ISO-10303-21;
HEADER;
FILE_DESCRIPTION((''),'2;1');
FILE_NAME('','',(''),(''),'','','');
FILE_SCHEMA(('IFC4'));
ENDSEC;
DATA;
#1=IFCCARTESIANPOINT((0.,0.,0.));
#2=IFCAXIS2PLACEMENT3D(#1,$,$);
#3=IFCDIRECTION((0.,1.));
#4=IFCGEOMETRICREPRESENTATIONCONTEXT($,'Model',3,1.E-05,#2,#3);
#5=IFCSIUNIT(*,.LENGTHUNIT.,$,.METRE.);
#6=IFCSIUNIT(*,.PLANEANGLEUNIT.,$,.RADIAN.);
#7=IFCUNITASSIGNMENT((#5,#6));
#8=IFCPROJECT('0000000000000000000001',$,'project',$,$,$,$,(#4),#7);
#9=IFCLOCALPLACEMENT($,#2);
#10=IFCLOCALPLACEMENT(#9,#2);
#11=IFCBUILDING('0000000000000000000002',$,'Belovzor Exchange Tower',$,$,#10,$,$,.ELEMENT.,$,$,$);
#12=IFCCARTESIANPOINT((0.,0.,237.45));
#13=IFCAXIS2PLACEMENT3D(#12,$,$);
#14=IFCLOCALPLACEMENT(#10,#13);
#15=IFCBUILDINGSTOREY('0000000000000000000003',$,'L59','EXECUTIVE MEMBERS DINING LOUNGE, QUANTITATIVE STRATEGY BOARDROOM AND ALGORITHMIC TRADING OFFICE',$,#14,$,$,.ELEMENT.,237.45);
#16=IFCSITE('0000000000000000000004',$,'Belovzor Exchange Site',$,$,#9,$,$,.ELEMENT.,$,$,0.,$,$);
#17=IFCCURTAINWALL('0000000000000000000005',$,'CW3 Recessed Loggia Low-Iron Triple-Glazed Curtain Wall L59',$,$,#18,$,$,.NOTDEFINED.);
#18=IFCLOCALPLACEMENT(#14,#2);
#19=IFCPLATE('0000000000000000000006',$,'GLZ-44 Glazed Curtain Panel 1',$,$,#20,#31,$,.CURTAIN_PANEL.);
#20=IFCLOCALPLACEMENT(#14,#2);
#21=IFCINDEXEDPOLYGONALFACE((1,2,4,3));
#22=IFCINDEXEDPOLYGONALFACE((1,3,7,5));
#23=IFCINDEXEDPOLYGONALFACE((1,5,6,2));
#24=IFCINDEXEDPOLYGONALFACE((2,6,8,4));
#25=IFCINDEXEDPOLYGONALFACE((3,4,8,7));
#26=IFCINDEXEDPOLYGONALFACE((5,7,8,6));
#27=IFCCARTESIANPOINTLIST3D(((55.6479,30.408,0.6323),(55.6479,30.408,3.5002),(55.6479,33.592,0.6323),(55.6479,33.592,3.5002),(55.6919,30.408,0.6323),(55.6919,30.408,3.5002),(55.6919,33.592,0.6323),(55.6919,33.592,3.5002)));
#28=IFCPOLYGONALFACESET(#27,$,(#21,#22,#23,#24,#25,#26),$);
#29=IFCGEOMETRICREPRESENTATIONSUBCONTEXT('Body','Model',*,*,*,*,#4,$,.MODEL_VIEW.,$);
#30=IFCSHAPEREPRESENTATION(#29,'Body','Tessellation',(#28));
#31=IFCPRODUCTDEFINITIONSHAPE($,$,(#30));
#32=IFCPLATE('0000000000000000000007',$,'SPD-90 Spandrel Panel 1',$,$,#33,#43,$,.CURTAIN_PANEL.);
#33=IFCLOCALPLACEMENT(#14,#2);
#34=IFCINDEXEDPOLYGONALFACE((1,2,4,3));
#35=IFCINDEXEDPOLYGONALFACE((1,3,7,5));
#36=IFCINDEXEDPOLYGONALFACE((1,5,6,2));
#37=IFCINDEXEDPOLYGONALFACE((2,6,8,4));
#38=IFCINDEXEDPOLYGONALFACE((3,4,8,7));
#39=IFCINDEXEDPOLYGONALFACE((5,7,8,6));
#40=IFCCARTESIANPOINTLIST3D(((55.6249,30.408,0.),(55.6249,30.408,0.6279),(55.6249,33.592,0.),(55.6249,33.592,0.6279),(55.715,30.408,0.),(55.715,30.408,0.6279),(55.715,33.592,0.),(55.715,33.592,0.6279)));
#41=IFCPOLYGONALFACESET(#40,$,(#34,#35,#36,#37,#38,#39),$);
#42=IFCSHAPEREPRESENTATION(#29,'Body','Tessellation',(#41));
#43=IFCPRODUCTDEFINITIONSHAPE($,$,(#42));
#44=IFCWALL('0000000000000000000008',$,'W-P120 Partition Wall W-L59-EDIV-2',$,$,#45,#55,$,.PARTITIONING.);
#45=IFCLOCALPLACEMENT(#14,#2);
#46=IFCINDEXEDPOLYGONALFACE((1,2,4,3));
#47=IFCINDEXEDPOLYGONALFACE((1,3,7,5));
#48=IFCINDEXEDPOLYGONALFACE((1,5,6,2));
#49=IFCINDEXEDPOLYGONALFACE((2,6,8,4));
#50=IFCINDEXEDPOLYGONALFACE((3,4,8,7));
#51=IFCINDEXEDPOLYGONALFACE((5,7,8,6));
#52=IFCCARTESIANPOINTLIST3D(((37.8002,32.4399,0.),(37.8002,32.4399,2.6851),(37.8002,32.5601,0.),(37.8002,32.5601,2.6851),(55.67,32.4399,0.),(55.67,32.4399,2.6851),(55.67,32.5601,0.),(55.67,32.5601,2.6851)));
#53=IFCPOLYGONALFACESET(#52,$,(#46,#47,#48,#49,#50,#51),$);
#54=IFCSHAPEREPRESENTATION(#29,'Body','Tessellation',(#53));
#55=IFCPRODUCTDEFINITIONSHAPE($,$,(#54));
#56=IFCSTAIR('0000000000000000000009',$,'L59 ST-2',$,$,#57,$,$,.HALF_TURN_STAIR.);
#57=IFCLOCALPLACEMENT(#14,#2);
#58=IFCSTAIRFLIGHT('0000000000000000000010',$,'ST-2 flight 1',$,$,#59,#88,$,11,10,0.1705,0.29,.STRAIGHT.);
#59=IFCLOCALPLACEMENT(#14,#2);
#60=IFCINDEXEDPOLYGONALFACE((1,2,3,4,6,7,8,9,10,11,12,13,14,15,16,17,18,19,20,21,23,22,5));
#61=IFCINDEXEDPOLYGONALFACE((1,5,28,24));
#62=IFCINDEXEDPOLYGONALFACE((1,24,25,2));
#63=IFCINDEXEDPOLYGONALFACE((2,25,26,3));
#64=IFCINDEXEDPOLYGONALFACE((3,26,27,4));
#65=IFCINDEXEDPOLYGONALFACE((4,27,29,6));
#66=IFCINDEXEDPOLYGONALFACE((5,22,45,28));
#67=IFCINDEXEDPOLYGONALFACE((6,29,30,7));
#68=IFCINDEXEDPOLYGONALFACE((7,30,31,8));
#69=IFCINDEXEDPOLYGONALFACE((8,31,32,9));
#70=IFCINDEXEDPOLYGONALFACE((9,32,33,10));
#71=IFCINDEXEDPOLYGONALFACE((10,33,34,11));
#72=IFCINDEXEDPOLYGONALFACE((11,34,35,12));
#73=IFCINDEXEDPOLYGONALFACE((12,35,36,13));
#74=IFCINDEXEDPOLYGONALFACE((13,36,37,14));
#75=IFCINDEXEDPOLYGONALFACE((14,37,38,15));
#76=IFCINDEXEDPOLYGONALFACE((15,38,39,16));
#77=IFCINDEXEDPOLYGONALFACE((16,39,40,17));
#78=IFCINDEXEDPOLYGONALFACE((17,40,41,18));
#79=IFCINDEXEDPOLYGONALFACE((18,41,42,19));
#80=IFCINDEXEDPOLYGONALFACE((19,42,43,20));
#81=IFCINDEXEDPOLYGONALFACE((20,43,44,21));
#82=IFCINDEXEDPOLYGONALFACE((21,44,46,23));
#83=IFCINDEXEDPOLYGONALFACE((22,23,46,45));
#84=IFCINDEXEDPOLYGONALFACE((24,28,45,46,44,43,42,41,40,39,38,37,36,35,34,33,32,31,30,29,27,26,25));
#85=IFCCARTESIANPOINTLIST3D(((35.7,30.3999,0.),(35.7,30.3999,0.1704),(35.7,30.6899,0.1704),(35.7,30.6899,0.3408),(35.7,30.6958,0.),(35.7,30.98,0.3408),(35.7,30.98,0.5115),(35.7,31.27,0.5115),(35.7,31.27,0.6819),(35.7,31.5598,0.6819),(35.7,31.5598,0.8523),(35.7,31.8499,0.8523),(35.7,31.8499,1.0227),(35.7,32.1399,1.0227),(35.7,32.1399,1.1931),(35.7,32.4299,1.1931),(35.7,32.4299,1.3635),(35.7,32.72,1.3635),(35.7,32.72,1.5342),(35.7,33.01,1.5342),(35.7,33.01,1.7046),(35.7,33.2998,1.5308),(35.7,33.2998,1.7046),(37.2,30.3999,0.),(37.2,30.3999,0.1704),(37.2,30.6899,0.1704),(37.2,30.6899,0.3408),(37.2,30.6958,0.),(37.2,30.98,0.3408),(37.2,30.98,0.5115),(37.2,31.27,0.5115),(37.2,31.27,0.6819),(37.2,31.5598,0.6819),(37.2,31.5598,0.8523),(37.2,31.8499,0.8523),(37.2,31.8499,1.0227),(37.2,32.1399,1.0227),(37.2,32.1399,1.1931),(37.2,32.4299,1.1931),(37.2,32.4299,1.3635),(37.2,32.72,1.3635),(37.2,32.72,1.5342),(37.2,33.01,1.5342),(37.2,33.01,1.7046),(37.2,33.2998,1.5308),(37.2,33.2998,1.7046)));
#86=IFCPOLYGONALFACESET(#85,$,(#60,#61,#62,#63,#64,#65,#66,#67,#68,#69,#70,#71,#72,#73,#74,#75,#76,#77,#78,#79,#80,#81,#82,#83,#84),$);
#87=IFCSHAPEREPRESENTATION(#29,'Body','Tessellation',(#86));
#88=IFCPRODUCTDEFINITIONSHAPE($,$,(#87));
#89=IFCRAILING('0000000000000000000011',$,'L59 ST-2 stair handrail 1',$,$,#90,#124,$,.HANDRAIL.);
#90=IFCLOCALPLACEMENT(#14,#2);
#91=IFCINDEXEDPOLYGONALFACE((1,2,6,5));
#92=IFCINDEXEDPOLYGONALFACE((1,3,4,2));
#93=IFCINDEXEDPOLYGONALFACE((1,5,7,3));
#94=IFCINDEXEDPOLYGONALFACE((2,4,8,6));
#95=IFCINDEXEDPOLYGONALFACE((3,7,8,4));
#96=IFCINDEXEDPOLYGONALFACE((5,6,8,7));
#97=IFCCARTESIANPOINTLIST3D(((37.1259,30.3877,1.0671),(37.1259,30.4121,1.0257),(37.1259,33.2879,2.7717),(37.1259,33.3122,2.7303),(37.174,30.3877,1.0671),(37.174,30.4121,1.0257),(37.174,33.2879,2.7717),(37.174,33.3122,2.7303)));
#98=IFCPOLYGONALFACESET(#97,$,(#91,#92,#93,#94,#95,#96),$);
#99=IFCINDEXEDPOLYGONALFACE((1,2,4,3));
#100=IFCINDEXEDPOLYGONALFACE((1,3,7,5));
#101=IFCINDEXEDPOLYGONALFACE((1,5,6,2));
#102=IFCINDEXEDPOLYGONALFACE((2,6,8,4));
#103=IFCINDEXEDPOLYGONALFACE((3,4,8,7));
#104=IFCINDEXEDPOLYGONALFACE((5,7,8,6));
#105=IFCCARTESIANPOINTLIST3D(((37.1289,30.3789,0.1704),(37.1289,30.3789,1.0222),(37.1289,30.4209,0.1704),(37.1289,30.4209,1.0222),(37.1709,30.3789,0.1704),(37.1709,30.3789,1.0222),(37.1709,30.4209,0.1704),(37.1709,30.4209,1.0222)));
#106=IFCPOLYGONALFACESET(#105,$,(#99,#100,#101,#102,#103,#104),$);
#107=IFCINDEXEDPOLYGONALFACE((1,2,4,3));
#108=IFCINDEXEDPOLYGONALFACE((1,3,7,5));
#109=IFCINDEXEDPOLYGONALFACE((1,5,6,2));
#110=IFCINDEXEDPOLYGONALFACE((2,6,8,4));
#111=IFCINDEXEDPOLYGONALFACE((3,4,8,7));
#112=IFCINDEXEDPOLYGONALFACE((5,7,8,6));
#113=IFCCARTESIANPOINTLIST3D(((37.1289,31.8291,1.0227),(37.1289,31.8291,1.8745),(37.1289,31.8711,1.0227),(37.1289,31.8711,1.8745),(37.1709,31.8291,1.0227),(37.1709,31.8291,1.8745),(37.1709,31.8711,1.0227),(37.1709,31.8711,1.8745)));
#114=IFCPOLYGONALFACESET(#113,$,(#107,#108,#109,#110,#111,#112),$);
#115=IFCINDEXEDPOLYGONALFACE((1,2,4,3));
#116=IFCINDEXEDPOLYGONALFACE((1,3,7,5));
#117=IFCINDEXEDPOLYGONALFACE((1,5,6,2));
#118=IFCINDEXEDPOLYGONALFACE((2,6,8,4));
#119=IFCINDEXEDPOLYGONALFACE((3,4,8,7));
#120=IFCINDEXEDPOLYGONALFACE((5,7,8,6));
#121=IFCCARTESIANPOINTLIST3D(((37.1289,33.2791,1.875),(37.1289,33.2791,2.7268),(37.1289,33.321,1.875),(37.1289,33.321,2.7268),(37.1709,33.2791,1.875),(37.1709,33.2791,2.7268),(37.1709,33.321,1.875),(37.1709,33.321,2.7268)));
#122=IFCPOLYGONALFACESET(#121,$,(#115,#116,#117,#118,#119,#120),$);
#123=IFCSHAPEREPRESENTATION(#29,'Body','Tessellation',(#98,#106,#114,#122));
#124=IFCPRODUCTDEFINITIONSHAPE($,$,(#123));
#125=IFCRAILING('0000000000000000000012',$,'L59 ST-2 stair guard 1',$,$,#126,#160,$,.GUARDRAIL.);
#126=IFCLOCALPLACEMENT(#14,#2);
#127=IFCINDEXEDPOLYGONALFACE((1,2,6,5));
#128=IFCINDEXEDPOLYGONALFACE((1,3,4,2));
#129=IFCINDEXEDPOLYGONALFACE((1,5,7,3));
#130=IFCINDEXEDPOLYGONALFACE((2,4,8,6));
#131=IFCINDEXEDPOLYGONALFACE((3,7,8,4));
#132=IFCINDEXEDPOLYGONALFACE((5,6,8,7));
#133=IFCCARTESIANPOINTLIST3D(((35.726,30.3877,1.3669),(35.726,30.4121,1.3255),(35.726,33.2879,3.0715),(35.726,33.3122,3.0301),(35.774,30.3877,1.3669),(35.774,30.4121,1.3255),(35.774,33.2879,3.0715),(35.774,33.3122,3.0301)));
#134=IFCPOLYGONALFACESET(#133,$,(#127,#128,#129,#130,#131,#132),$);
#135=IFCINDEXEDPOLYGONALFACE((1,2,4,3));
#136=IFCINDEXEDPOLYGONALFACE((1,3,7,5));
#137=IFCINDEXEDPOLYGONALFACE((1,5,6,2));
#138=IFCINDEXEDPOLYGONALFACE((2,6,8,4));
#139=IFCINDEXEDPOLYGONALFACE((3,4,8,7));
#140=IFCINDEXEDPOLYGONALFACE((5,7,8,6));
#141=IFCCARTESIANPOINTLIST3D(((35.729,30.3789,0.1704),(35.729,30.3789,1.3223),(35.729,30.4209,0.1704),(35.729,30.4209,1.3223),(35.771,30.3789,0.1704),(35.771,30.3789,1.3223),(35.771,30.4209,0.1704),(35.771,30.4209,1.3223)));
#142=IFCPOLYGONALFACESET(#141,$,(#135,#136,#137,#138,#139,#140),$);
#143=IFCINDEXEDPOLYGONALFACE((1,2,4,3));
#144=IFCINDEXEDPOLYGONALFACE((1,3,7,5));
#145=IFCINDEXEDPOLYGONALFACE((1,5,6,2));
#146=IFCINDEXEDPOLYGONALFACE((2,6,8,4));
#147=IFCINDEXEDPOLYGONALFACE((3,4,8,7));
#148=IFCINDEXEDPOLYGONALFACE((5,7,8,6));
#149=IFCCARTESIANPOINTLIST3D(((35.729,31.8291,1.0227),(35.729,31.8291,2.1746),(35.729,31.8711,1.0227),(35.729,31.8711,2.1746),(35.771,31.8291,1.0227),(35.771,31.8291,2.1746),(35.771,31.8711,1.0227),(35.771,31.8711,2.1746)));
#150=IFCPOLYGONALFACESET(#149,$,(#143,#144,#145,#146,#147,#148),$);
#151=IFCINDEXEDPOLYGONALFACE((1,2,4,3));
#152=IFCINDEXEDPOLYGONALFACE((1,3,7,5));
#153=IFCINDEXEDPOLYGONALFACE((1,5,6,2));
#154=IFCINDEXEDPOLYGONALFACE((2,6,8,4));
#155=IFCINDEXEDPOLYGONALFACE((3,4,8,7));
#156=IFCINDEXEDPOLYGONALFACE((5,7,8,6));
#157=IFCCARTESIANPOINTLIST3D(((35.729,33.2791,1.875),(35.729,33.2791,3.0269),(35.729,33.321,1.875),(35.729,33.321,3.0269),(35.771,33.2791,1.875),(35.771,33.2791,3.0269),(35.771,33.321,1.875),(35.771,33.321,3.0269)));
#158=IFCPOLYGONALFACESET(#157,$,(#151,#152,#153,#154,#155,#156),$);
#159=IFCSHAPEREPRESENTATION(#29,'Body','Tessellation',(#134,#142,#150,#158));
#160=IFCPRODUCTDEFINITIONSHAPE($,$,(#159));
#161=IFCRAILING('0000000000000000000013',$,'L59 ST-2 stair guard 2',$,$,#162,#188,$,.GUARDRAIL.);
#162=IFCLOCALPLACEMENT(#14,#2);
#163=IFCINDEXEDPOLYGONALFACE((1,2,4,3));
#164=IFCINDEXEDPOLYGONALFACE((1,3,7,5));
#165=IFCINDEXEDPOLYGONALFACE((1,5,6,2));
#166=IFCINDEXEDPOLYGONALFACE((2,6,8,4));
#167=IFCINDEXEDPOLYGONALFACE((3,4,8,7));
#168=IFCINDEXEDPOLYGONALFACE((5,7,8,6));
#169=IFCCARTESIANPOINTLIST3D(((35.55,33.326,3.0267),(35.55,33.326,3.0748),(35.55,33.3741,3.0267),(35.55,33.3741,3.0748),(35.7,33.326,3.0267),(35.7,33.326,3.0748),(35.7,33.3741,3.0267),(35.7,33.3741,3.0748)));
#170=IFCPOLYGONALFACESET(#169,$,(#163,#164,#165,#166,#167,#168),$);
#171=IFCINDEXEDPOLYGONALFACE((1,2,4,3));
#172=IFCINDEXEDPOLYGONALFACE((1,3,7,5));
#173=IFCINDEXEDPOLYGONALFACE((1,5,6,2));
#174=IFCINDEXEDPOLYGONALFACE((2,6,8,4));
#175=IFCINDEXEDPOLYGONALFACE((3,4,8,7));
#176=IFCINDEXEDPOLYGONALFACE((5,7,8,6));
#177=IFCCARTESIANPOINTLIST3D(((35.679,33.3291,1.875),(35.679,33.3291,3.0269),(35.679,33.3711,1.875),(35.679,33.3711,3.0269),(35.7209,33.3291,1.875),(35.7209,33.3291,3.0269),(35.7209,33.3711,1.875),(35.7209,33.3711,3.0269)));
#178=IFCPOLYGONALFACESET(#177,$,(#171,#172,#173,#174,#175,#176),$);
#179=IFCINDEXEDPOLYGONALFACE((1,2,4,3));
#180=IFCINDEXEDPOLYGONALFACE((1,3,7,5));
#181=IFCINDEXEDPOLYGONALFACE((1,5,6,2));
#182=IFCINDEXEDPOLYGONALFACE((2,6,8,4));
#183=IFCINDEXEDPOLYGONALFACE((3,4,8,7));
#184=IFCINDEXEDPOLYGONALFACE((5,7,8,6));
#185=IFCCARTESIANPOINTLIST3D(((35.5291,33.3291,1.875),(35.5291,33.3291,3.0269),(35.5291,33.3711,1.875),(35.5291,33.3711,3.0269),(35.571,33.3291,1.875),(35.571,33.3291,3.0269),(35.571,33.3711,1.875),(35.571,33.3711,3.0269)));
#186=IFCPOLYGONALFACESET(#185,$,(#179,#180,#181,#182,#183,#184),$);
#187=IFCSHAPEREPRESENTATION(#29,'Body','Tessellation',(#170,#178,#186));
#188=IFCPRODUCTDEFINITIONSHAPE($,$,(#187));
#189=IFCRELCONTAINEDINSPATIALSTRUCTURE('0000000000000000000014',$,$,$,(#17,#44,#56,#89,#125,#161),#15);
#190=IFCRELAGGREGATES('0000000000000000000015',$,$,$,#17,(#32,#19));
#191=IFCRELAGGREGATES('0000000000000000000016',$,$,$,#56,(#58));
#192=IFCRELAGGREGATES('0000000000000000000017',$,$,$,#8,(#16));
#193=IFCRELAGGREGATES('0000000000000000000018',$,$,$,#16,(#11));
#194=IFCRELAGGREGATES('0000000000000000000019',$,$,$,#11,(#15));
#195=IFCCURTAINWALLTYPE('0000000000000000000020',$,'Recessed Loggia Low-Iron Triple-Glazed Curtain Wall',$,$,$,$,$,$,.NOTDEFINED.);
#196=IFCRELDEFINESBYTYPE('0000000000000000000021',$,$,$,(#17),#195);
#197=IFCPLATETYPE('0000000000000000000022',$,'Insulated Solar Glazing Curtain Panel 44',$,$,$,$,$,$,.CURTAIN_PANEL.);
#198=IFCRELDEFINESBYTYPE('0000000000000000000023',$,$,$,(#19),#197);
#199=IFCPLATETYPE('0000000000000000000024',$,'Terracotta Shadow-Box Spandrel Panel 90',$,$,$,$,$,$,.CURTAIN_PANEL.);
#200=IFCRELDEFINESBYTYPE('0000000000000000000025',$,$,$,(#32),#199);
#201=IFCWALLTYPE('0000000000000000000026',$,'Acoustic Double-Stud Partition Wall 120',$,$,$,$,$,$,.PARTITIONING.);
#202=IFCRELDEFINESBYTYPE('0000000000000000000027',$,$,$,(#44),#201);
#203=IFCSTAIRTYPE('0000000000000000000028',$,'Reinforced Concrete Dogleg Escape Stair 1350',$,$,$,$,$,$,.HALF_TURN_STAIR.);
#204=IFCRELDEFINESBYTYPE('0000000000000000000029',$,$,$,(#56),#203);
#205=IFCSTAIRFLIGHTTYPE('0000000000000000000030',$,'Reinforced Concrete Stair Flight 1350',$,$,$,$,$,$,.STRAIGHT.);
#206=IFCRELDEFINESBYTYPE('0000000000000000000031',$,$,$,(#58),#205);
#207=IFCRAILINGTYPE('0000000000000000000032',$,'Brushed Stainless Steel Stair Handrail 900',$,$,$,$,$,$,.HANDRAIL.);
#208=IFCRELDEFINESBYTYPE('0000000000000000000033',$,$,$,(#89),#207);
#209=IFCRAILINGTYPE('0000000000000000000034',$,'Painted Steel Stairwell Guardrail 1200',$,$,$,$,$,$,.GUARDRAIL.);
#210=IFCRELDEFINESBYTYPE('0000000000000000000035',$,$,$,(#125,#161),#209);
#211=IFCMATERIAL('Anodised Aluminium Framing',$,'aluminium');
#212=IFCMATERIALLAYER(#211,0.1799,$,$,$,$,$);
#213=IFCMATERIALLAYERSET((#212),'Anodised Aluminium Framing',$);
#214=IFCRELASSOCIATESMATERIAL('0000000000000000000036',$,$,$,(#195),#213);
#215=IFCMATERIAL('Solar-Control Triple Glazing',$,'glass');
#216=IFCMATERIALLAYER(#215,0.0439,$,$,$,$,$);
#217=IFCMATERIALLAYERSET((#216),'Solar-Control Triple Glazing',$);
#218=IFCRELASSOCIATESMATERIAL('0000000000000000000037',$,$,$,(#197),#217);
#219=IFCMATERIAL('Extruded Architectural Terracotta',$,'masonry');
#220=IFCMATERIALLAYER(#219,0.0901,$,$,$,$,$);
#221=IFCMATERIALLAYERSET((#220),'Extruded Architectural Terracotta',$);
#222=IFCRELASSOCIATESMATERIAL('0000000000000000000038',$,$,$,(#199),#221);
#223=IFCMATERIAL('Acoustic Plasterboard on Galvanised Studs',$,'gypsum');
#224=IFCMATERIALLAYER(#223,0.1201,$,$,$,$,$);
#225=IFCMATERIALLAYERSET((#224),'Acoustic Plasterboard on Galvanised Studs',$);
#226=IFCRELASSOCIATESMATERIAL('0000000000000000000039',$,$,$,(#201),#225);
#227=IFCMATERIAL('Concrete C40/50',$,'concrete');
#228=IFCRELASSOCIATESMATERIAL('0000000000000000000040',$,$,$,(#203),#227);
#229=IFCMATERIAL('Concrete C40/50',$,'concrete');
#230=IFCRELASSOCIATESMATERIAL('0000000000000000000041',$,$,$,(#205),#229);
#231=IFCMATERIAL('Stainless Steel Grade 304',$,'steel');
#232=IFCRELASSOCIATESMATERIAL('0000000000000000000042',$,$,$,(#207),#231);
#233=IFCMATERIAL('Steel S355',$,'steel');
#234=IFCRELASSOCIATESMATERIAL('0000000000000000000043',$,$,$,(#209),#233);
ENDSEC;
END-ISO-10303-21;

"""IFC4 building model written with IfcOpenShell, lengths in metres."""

from ifc_helpers import new_model, si_unit, direction, frame, frame_2d, origin, origin_2d, place, context, subcontext, project, spatial, polyline, rectangle, outline, extrude, material, layer, layer_set, type_object, element, aggregate, save


model = new_model("IFC4")

# Units and contexts
model_context = context("Model", 3, precision=1e-05, world=origin(), true_north=direction((0.0, 1.0)))
body_context = subcontext(model_context, "Body", "Model", "MODEL_VIEW")
ifc_project = project(units=[si_unit("LENGTHUNIT", "METRE"), si_unit("PLANEANGLEUNIT", "RADIAN")], contexts=[model_context])

# Site, building, storey
site_placement = place(None, origin())
site = spatial("IfcSite", under=ifc_project, at=site_placement, Name="Belovzor Exchange Site", CompositionType="ELEMENT", RefElevation=0.0)
building_placement = place(site_placement, origin())
building = spatial("IfcBuilding", under=site, at=building_placement, Name="Belovzor Exchange Tower", CompositionType="ELEMENT")
storey_placement = place(building_placement, frame((0.0, 0.0, 237.45)))
storey = spatial("IfcBuildingStorey", under=building, at=storey_placement, Name="L59", Description="EXECUTIVE MEMBERS DINING LOUNGE, QUANTITATIVE STRATEGY BOARDROOM AND ALGORITHMIC TRADING OFFICE", CompositionType="ELEMENT", Elevation=237.45)

# Curtain wall
ifc_material_1 = material(Name="Anodised Aluminium Framing", Category="aluminium")
ifc_layer_1 = layer(ifc_material_1, 0.1799)
ifc_layer_set_1 = layer_set([ifc_layer_1], Name="Anodised Aluminium Framing")
curtain_wall_type = type_object("IfcCurtainWallType", Name="Recessed Loggia Low-Iron Triple-Glazed Curtain Wall", PredefinedType="NOTDEFINED", material=ifc_layer_set_1)
curtain_wall_placement = place(storey_placement, origin())
curtain_wall = element("IfcCurtainWall", 1, at=curtain_wall_placement, inside=storey, type_object=curtain_wall_type, Name="CW3 Recessed Loggia Low-Iron Triple-Glazed Curtain Wall L59", PredefinedType="NOTDEFINED")

# Plates
ifc_material_2 = material(Name="Solar-Control Triple Glazing", Category="glass")
ifc_layer_2 = layer(ifc_material_2, 0.0439)
ifc_layer_set_2 = layer_set([ifc_layer_2], Name="Solar-Control Triple Glazing")
plate_type_1 = type_object("IfcPlateType", Name="Insulated Solar Glazing Curtain Panel 44", PredefinedType="CURTAIN_PANEL", material=ifc_layer_set_2)
plate_1_placement = place(storey_placement, frame((55.6699, 32.0, 0.6323), z_axis=(0.0, 0.0, 1.0), x_axis=(0.0, -1.0, 0.0)))
plate_1 = element("IfcPlate", 2, at=plate_1_placement, type_object=plate_type_1, Name="GLZ-44 Glazed Curtain Panel 1", PredefinedType="CURTAIN_PANEL", context=body_context, shape_type="SweptSolid", body=[
    extrude(rectangle(XDim=3.1841, YDim=0.0439, at=origin_2d()), origin(), (0.0, 0.0, 1.0), 2.8679),
])
ifc_material_3 = material(Name="Extruded Architectural Terracotta", Category="masonry")
ifc_layer_3 = layer(ifc_material_3, 0.0901)
ifc_layer_set_3 = layer_set([ifc_layer_3], Name="Extruded Architectural Terracotta")
plate_type_2 = type_object("IfcPlateType", Name="Terracotta Shadow-Box Spandrel Panel 90", PredefinedType="CURTAIN_PANEL", material=ifc_layer_set_3)
plate_2_placement = place(storey_placement, frame((55.6699, 32.0, 0.0), z_axis=(0.0, 0.0, 1.0), x_axis=(0.0, -1.0, 0.0)))
plate_2 = element("IfcPlate", 3, at=plate_2_placement, type_object=plate_type_2, Name="SPD-90 Spandrel Panel 1", PredefinedType="CURTAIN_PANEL", context=body_context, shape_type="SweptSolid", body=[
    extrude(rectangle(XDim=3.1841, YDim=0.0901, at=origin_2d()), origin(), (0.0, 0.0, 1.0), 0.6279),
])
aggregate(curtain_wall, [plate_2, plate_1])

# Wall
ifc_material_4 = material(Name="Acoustic Plasterboard on Galvanised Studs", Category="gypsum")
ifc_layer_4 = layer(ifc_material_4, 0.1201)
ifc_layer_set_4 = layer_set([ifc_layer_4], Name="Acoustic Plasterboard on Galvanised Studs")
wall_type = type_object("IfcWallType", Name="Acoustic Double-Stud Partition Wall 120", PredefinedType="PARTITIONING", material=ifc_layer_set_4)
wall_placement = place(storey_placement, frame((37.8, 32.5, 0.0), z_axis=(0.0, 0.0, 1.0), x_axis=(1.0, 0.0, 0.0)))
element("IfcWall", 4, at=wall_placement, inside=storey, type_object=wall_type, Name="W-P120 Partition Wall W-L59-EDIV-2", PredefinedType="PARTITIONING", context=body_context, shape_type="SweptSolid", body=[
    extrude(rectangle(XDim=17.8699, YDim=0.1201, at=frame_2d((8.9351, 0.0))), origin(), (0.0, 0.0, 1.0), 2.6851),
])

# Stair, stair flight
ifc_material_5 = material(Name="Concrete C40/50", Category="concrete")
stair_type = type_object("IfcStairType", Name="Reinforced Concrete Dogleg Escape Stair 1350", PredefinedType="HALF_TURN_STAIR", material=ifc_material_5)
stair_placement = place(storey_placement, origin())
stair = element("IfcStair", 5, at=stair_placement, inside=storey, type_object=stair_type, Name="L59 ST-2", PredefinedType="HALF_TURN_STAIR")
ifc_material_6 = material(Name="Concrete C40/50", Category="concrete")
stair_flight_type = type_object("IfcStairFlightType", Name="Reinforced Concrete Stair Flight 1350", PredefinedType="STRAIGHT", material=ifc_material_6)
stair_flight_placement = place(storey_placement, frame((36.45, 30.3999, 0.0), z_axis=(0.0, 0.0, 1.0), x_axis=(0.0, 1.0, 0.0)))
stair_flight = element("IfcStairFlight", 6, at=stair_flight_placement, type_object=stair_flight_type, Name="ST-2 flight 1", NumberOfRisers=11, NumberOfTreads=10, PredefinedType="STRAIGHT", RiserHeight=0.1705, TreadLength=0.29, context=body_context, shape_type="SweptSolid", body=[
    extrude(outline(polyline([(0.0, 0.0), (0.0, 0.1704), (0.29, 0.1704), (0.29, 0.3408), (0.5801, 0.3408), (0.5801, 0.5115), (0.8701, 0.5115), (0.8701, 0.6819), (1.1599, 0.6819), (1.1599, 0.8523), (1.45, 0.8523), (1.45, 1.0227), (1.74, 1.0227), (1.74, 1.1931), (2.03, 1.1931), (2.03, 1.3635), (2.3201, 1.3635), (2.3201, 1.5342), (2.6101, 1.5342), (2.6101, 1.7046), (2.8999, 1.7046), (2.8999, 1.875), (2.8999, 1.5308), (0.2959, 0.0), (0.0, 0.0)])), frame((0.0, 0.75, 0.0), z_axis=(0.0, -1.0, 0.0), x_axis=(1.0, 0.0, 0.0)), (0.0, 0.0, 1.0), 1.5),
])
aggregate(stair, [stair_flight])

# Railings
ifc_material_7 = material(Name="Stainless Steel Grade 304", Category="steel")
railing_type_1 = type_object("IfcRailingType", Name="Brushed Stainless Steel Stair Handrail 900", PredefinedType="HANDRAIL", material=ifc_material_7)
railing_1_placement = place(storey_placement, frame((37.1499, 30.3999, 0.1704)))
element("IfcRailing", 7, at=railing_1_placement, inside=storey, type_object=railing_type_1, Name="L59 ST-2 stair handrail 1", PredefinedType="HANDRAIL", context=body_context, shape_type="SweptSolid", body=[
    extrude(rectangle(XDim=0.0481, YDim=0.0481, at=origin_2d()), frame((0.0, 0.0, 0.876), z_axis=(0.0, 0.862113, 0.506716), x_axis=(-1.0, 0.0, 0.0)), (0.0, 0.0, 1.0), 3.364),
    extrude(rectangle(XDim=0.042, YDim=0.042, at=origin_2d()), origin(), (0.0, 0.0, 1.0), 0.8518),
    extrude(rectangle(XDim=0.042, YDim=0.042, at=origin_2d()), frame((0.0, 1.4502, 0.8523)), (0.0, 0.0, 1.0), 0.8518),
    extrude(rectangle(XDim=0.042, YDim=0.042, at=origin_2d()), frame((0.0, 2.9001, 1.7046)), (0.0, 0.0, 1.0), 0.8518),
])
ifc_material_8 = material(Name="Steel S355", Category="steel")
railing_type_2 = type_object("IfcRailingType", Name="Painted Steel Stairwell Guardrail 1200", PredefinedType="GUARDRAIL", material=ifc_material_8)
railing_2_placement = place(storey_placement, frame((35.75, 30.3999, 0.1704)))
element("IfcRailing", 8, at=railing_2_placement, inside=storey, type_object=railing_type_2, Name="L59 ST-2 stair guard 1", PredefinedType="GUARDRAIL", context=body_context, shape_type="SweptSolid", body=[
    extrude(rectangle(XDim=0.0481, YDim=0.0481, at=origin_2d()), frame((0.0, 0.0, 1.1758), z_axis=(0.0, 0.862113, 0.506716), x_axis=(-1.0, 0.0, 0.0)), (0.0, 0.0, 1.0), 3.364),
    extrude(rectangle(XDim=0.042, YDim=0.042, at=origin_2d()), origin(), (0.0, 0.0, 1.0), 1.1519),
    extrude(rectangle(XDim=0.042, YDim=0.042, at=origin_2d()), frame((0.0, 1.4502, 0.8523)), (0.0, 0.0, 1.0), 1.1519),
    extrude(rectangle(XDim=0.042, YDim=0.042, at=origin_2d()), frame((0.0, 2.9001, 1.7046)), (0.0, 0.0, 1.0), 1.1519),
])
for number, where, name in (
    (9, (35.7, 33.3501, 1.875), "L59 ST-2 stair guard 2"),
):
    element("IfcRailing", number, at=place(storey_placement, frame(where)), inside=storey, type_object=railing_type_2, Name=name, PredefinedType="GUARDRAIL", context=body_context, shape_type="SweptSolid", body=[
        extrude(rectangle(XDim=0.0481, YDim=0.0481, at=origin_2d()), frame((0.0, 0.0, 1.1758), z_axis=(-1.0, 0.0, 0.0), x_axis=(0.0, -1.0, 0.0)), (0.0, 0.0, 1.0), 0.1499),
        extrude(rectangle(XDim=0.042, YDim=0.042, at=origin_2d()), origin(), (0.0, 0.0, 1.0), 1.1519),
        extrude(rectangle(XDim=0.042, YDim=0.042, at=origin_2d()), frame((-0.1499, 0.0, 0.0)), (0.0, 0.0, 1.0), 1.1519),
    ])

save(model, "model.ifc")
